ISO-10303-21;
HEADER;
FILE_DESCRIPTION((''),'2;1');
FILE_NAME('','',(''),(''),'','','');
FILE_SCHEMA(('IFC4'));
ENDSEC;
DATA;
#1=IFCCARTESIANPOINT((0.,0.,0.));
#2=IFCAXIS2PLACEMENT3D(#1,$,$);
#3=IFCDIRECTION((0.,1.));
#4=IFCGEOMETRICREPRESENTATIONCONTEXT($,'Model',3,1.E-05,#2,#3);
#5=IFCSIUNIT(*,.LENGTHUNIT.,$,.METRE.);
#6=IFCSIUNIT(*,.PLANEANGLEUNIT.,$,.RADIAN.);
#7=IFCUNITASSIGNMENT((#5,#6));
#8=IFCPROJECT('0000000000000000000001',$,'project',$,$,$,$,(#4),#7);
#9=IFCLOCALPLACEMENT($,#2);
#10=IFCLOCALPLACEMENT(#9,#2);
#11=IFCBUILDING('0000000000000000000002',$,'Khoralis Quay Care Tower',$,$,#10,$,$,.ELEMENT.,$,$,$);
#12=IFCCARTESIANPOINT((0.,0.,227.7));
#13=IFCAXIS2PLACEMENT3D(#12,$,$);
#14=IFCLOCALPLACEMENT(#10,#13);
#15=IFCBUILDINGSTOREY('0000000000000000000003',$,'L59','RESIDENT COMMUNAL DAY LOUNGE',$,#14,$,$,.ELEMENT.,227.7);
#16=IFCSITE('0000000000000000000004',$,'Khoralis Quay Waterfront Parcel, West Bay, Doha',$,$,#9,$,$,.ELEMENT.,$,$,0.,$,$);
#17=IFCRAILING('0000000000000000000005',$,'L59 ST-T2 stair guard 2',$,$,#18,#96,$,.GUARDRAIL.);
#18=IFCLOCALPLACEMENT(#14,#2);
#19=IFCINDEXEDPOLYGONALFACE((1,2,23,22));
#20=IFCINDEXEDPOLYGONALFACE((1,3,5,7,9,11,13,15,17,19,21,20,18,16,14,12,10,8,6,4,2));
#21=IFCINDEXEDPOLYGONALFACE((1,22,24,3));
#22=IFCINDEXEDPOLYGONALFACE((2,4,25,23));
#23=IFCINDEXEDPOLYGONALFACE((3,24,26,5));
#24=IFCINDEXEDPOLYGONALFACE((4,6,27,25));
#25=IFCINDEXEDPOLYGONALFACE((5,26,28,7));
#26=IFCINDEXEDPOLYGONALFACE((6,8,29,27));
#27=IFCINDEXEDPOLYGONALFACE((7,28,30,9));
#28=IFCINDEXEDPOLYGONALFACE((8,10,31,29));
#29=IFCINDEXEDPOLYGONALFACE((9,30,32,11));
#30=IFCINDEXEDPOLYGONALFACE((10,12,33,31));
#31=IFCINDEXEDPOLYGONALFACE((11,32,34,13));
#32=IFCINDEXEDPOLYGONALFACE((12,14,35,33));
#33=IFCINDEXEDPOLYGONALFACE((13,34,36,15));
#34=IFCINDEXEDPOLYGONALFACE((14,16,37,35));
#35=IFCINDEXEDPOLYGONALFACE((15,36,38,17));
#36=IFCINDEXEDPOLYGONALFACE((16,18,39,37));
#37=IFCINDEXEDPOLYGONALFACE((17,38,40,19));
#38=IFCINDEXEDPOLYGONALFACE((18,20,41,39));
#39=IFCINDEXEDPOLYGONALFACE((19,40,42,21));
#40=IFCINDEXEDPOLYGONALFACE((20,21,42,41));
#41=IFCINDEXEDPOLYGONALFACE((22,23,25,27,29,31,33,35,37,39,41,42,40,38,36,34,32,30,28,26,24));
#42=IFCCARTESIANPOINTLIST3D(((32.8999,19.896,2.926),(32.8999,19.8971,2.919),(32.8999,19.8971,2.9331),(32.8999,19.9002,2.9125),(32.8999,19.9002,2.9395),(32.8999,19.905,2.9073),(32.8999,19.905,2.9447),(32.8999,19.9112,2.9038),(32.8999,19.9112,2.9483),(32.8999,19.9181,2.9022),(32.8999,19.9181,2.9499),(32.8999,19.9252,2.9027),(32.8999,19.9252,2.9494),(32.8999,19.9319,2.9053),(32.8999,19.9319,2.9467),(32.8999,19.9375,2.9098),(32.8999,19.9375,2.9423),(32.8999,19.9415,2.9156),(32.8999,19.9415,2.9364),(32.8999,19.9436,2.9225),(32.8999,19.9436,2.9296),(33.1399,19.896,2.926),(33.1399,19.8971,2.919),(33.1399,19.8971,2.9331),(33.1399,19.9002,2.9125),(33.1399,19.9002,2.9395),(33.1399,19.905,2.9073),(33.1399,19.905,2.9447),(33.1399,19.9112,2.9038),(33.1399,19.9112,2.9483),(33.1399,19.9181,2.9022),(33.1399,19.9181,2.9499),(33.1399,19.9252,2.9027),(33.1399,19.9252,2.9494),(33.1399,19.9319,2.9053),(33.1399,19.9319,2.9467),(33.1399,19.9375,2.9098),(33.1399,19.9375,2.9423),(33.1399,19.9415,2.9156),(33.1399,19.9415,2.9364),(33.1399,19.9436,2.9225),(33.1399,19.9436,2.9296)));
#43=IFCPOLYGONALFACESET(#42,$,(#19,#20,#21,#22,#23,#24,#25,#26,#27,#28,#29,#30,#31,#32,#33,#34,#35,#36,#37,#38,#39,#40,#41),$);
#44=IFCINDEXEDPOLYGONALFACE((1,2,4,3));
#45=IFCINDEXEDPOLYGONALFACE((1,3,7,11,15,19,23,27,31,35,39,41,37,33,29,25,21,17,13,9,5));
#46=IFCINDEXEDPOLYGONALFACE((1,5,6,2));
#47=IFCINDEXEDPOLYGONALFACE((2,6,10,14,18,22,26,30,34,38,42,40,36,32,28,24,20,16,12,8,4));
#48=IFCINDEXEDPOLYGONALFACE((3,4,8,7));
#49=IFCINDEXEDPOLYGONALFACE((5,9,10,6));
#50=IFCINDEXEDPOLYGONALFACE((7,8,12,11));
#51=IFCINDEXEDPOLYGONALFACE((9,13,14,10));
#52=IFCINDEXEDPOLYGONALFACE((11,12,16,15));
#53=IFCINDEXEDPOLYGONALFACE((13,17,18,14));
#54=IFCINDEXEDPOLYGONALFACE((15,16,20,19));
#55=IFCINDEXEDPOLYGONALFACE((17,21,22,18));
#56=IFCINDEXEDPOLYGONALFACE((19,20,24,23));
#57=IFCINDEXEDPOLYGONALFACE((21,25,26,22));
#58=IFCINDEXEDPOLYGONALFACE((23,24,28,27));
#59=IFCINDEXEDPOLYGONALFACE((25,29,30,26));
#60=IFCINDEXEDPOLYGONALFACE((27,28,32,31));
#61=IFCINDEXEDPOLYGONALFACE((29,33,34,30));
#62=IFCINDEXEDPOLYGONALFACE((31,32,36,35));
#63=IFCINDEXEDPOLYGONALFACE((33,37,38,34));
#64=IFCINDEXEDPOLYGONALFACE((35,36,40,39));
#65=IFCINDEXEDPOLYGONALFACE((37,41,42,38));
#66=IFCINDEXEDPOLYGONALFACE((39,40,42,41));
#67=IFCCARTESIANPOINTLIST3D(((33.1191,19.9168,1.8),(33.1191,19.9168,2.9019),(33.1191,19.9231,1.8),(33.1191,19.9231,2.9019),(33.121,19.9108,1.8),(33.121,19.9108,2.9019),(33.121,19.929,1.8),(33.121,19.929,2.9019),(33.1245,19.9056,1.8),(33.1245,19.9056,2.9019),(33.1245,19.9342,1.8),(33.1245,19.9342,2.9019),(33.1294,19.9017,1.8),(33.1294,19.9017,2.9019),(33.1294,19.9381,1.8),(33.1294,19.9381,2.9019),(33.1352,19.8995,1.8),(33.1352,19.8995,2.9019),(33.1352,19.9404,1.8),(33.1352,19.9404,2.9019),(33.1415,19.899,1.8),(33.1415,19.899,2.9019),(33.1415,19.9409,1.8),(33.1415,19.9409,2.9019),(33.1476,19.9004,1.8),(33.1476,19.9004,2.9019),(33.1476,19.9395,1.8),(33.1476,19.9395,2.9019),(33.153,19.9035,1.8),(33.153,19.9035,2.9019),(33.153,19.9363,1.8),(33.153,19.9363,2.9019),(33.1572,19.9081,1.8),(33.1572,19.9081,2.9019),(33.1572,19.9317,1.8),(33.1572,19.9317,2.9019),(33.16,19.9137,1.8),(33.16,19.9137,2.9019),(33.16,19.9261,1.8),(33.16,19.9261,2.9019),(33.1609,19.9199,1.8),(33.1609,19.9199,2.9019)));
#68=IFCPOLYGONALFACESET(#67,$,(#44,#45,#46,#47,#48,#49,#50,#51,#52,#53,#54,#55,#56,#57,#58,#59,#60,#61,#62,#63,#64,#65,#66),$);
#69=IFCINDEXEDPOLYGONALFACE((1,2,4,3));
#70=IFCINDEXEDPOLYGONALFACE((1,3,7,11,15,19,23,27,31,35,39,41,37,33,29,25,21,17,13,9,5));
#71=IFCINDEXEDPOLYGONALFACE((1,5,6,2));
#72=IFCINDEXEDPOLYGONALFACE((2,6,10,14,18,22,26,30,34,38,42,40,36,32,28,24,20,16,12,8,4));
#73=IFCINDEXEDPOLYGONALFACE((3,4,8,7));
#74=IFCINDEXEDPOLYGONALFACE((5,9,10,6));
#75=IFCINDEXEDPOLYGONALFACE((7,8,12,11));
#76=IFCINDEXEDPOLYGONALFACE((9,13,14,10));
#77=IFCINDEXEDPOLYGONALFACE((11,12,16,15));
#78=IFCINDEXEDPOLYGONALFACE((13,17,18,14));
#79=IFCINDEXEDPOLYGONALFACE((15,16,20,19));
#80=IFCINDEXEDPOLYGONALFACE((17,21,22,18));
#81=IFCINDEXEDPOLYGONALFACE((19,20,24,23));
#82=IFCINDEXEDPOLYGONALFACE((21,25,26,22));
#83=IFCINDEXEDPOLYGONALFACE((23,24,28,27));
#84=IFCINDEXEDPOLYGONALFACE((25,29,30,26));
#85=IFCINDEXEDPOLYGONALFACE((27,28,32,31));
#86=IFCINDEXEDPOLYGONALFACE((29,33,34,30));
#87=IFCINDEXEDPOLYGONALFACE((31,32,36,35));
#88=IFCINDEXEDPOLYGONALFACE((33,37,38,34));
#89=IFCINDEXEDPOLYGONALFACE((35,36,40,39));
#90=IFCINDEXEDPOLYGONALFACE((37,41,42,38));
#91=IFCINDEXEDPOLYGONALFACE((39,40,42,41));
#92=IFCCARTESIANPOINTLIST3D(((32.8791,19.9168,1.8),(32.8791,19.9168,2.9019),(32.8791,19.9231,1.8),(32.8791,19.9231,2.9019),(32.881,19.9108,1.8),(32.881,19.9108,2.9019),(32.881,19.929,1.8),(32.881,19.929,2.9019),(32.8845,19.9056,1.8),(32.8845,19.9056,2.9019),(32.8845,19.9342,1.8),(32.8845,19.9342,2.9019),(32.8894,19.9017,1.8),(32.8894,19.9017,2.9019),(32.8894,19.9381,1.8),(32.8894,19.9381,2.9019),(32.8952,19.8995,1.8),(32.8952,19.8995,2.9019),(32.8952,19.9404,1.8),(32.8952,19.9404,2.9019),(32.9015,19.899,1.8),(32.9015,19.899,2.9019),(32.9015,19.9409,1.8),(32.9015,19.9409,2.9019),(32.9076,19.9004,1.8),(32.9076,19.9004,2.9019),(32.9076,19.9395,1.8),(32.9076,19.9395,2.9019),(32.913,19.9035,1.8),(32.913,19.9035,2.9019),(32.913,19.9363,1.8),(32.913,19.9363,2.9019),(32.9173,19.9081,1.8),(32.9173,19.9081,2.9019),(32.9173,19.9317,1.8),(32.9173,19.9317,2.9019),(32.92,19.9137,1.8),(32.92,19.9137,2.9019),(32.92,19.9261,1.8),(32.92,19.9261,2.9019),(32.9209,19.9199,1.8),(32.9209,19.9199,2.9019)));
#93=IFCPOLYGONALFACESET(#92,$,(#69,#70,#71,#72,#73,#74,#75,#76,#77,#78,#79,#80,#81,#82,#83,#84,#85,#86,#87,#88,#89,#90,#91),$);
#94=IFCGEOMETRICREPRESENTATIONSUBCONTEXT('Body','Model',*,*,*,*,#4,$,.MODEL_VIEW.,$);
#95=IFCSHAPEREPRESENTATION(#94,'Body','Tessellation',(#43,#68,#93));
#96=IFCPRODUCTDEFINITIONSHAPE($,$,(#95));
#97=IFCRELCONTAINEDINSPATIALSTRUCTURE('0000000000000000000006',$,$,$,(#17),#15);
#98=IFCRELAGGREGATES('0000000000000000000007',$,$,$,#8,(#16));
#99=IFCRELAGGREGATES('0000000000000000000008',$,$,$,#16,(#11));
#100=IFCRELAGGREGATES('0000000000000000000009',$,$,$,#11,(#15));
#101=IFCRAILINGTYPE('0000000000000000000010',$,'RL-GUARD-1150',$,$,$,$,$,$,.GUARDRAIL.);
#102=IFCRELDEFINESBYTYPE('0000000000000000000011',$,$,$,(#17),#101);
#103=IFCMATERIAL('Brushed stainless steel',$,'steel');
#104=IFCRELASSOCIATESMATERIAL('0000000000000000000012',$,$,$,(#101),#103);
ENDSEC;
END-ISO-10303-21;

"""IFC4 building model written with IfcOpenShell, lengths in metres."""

from ifc_helpers import new_model, si_unit, direction, frame, origin, origin_2d, place, context, subcontext, project, spatial, circle, extrude, material, type_object, element, save


model = new_model("IFC4")

# Units and contexts
model_context = context("Model", 3, precision=1e-05, world=origin(), true_north=direction((0.0, 1.0)))
body_context = subcontext(model_context, "Body", "Model", "MODEL_VIEW")
ifc_project = project(units=[si_unit("LENGTHUNIT", "METRE"), si_unit("PLANEANGLEUNIT", "RADIAN")], contexts=[model_context])

# Site, building, storey
site_placement = place(None, origin())
site = spatial("IfcSite", under=ifc_project, at=site_placement, Name="Khoralis Quay Waterfront Parcel, West Bay, Doha", CompositionType="ELEMENT", RefElevation=0.0)
building_placement = place(site_placement, origin())
building = spatial("IfcBuilding", under=site, at=building_placement, Name="Khoralis Quay Care Tower", CompositionType="ELEMENT")
storey_placement = place(building_placement, frame((0.0, 0.0, 227.7)))
storey = spatial("IfcBuildingStorey", under=building, at=storey_placement, Name="L59", Description="RESIDENT COMMUNAL DAY LOUNGE", CompositionType="ELEMENT", Elevation=227.7)

# Shared definitions
ifc_material_1 = material(Name="Brushed stainless steel", Category="steel")

# Railing
railing_type_1 = type_object("IfcRailingType", Name="RL-GUARD-1150", PredefinedType="GUARDRAIL", material=ifc_material_1)
railing_1_placement = place(storey_placement, frame((33.1399, 19.9199, 1.8)))
element("IfcRailing", 1, at=railing_1_placement, inside=storey, type_object=railing_type_1, Name="L59 ST-T2 stair guard 2", PredefinedType="GUARDRAIL", context=body_context, shape_type="SweptSolid", body=[
    extrude(circle(Radius=0.0239, at=origin_2d()), frame((0.0, 0.0, 1.126), z_axis=(-1.0, 0.0, 0.0), x_axis=(0.0, -1.0, 0.0)), (0.0, 0.0, 1.0), 0.24),
    extrude(circle(Radius=0.021, at=origin_2d()), origin(), (0.0, 0.0, 1.0), 1.1018),
    extrude(circle(Radius=0.021, at=origin_2d()), frame((-0.24, 0.0, 0.0)), (0.0, 0.0, 1.0), 1.1018),
])

save(model, "model.ifc")
